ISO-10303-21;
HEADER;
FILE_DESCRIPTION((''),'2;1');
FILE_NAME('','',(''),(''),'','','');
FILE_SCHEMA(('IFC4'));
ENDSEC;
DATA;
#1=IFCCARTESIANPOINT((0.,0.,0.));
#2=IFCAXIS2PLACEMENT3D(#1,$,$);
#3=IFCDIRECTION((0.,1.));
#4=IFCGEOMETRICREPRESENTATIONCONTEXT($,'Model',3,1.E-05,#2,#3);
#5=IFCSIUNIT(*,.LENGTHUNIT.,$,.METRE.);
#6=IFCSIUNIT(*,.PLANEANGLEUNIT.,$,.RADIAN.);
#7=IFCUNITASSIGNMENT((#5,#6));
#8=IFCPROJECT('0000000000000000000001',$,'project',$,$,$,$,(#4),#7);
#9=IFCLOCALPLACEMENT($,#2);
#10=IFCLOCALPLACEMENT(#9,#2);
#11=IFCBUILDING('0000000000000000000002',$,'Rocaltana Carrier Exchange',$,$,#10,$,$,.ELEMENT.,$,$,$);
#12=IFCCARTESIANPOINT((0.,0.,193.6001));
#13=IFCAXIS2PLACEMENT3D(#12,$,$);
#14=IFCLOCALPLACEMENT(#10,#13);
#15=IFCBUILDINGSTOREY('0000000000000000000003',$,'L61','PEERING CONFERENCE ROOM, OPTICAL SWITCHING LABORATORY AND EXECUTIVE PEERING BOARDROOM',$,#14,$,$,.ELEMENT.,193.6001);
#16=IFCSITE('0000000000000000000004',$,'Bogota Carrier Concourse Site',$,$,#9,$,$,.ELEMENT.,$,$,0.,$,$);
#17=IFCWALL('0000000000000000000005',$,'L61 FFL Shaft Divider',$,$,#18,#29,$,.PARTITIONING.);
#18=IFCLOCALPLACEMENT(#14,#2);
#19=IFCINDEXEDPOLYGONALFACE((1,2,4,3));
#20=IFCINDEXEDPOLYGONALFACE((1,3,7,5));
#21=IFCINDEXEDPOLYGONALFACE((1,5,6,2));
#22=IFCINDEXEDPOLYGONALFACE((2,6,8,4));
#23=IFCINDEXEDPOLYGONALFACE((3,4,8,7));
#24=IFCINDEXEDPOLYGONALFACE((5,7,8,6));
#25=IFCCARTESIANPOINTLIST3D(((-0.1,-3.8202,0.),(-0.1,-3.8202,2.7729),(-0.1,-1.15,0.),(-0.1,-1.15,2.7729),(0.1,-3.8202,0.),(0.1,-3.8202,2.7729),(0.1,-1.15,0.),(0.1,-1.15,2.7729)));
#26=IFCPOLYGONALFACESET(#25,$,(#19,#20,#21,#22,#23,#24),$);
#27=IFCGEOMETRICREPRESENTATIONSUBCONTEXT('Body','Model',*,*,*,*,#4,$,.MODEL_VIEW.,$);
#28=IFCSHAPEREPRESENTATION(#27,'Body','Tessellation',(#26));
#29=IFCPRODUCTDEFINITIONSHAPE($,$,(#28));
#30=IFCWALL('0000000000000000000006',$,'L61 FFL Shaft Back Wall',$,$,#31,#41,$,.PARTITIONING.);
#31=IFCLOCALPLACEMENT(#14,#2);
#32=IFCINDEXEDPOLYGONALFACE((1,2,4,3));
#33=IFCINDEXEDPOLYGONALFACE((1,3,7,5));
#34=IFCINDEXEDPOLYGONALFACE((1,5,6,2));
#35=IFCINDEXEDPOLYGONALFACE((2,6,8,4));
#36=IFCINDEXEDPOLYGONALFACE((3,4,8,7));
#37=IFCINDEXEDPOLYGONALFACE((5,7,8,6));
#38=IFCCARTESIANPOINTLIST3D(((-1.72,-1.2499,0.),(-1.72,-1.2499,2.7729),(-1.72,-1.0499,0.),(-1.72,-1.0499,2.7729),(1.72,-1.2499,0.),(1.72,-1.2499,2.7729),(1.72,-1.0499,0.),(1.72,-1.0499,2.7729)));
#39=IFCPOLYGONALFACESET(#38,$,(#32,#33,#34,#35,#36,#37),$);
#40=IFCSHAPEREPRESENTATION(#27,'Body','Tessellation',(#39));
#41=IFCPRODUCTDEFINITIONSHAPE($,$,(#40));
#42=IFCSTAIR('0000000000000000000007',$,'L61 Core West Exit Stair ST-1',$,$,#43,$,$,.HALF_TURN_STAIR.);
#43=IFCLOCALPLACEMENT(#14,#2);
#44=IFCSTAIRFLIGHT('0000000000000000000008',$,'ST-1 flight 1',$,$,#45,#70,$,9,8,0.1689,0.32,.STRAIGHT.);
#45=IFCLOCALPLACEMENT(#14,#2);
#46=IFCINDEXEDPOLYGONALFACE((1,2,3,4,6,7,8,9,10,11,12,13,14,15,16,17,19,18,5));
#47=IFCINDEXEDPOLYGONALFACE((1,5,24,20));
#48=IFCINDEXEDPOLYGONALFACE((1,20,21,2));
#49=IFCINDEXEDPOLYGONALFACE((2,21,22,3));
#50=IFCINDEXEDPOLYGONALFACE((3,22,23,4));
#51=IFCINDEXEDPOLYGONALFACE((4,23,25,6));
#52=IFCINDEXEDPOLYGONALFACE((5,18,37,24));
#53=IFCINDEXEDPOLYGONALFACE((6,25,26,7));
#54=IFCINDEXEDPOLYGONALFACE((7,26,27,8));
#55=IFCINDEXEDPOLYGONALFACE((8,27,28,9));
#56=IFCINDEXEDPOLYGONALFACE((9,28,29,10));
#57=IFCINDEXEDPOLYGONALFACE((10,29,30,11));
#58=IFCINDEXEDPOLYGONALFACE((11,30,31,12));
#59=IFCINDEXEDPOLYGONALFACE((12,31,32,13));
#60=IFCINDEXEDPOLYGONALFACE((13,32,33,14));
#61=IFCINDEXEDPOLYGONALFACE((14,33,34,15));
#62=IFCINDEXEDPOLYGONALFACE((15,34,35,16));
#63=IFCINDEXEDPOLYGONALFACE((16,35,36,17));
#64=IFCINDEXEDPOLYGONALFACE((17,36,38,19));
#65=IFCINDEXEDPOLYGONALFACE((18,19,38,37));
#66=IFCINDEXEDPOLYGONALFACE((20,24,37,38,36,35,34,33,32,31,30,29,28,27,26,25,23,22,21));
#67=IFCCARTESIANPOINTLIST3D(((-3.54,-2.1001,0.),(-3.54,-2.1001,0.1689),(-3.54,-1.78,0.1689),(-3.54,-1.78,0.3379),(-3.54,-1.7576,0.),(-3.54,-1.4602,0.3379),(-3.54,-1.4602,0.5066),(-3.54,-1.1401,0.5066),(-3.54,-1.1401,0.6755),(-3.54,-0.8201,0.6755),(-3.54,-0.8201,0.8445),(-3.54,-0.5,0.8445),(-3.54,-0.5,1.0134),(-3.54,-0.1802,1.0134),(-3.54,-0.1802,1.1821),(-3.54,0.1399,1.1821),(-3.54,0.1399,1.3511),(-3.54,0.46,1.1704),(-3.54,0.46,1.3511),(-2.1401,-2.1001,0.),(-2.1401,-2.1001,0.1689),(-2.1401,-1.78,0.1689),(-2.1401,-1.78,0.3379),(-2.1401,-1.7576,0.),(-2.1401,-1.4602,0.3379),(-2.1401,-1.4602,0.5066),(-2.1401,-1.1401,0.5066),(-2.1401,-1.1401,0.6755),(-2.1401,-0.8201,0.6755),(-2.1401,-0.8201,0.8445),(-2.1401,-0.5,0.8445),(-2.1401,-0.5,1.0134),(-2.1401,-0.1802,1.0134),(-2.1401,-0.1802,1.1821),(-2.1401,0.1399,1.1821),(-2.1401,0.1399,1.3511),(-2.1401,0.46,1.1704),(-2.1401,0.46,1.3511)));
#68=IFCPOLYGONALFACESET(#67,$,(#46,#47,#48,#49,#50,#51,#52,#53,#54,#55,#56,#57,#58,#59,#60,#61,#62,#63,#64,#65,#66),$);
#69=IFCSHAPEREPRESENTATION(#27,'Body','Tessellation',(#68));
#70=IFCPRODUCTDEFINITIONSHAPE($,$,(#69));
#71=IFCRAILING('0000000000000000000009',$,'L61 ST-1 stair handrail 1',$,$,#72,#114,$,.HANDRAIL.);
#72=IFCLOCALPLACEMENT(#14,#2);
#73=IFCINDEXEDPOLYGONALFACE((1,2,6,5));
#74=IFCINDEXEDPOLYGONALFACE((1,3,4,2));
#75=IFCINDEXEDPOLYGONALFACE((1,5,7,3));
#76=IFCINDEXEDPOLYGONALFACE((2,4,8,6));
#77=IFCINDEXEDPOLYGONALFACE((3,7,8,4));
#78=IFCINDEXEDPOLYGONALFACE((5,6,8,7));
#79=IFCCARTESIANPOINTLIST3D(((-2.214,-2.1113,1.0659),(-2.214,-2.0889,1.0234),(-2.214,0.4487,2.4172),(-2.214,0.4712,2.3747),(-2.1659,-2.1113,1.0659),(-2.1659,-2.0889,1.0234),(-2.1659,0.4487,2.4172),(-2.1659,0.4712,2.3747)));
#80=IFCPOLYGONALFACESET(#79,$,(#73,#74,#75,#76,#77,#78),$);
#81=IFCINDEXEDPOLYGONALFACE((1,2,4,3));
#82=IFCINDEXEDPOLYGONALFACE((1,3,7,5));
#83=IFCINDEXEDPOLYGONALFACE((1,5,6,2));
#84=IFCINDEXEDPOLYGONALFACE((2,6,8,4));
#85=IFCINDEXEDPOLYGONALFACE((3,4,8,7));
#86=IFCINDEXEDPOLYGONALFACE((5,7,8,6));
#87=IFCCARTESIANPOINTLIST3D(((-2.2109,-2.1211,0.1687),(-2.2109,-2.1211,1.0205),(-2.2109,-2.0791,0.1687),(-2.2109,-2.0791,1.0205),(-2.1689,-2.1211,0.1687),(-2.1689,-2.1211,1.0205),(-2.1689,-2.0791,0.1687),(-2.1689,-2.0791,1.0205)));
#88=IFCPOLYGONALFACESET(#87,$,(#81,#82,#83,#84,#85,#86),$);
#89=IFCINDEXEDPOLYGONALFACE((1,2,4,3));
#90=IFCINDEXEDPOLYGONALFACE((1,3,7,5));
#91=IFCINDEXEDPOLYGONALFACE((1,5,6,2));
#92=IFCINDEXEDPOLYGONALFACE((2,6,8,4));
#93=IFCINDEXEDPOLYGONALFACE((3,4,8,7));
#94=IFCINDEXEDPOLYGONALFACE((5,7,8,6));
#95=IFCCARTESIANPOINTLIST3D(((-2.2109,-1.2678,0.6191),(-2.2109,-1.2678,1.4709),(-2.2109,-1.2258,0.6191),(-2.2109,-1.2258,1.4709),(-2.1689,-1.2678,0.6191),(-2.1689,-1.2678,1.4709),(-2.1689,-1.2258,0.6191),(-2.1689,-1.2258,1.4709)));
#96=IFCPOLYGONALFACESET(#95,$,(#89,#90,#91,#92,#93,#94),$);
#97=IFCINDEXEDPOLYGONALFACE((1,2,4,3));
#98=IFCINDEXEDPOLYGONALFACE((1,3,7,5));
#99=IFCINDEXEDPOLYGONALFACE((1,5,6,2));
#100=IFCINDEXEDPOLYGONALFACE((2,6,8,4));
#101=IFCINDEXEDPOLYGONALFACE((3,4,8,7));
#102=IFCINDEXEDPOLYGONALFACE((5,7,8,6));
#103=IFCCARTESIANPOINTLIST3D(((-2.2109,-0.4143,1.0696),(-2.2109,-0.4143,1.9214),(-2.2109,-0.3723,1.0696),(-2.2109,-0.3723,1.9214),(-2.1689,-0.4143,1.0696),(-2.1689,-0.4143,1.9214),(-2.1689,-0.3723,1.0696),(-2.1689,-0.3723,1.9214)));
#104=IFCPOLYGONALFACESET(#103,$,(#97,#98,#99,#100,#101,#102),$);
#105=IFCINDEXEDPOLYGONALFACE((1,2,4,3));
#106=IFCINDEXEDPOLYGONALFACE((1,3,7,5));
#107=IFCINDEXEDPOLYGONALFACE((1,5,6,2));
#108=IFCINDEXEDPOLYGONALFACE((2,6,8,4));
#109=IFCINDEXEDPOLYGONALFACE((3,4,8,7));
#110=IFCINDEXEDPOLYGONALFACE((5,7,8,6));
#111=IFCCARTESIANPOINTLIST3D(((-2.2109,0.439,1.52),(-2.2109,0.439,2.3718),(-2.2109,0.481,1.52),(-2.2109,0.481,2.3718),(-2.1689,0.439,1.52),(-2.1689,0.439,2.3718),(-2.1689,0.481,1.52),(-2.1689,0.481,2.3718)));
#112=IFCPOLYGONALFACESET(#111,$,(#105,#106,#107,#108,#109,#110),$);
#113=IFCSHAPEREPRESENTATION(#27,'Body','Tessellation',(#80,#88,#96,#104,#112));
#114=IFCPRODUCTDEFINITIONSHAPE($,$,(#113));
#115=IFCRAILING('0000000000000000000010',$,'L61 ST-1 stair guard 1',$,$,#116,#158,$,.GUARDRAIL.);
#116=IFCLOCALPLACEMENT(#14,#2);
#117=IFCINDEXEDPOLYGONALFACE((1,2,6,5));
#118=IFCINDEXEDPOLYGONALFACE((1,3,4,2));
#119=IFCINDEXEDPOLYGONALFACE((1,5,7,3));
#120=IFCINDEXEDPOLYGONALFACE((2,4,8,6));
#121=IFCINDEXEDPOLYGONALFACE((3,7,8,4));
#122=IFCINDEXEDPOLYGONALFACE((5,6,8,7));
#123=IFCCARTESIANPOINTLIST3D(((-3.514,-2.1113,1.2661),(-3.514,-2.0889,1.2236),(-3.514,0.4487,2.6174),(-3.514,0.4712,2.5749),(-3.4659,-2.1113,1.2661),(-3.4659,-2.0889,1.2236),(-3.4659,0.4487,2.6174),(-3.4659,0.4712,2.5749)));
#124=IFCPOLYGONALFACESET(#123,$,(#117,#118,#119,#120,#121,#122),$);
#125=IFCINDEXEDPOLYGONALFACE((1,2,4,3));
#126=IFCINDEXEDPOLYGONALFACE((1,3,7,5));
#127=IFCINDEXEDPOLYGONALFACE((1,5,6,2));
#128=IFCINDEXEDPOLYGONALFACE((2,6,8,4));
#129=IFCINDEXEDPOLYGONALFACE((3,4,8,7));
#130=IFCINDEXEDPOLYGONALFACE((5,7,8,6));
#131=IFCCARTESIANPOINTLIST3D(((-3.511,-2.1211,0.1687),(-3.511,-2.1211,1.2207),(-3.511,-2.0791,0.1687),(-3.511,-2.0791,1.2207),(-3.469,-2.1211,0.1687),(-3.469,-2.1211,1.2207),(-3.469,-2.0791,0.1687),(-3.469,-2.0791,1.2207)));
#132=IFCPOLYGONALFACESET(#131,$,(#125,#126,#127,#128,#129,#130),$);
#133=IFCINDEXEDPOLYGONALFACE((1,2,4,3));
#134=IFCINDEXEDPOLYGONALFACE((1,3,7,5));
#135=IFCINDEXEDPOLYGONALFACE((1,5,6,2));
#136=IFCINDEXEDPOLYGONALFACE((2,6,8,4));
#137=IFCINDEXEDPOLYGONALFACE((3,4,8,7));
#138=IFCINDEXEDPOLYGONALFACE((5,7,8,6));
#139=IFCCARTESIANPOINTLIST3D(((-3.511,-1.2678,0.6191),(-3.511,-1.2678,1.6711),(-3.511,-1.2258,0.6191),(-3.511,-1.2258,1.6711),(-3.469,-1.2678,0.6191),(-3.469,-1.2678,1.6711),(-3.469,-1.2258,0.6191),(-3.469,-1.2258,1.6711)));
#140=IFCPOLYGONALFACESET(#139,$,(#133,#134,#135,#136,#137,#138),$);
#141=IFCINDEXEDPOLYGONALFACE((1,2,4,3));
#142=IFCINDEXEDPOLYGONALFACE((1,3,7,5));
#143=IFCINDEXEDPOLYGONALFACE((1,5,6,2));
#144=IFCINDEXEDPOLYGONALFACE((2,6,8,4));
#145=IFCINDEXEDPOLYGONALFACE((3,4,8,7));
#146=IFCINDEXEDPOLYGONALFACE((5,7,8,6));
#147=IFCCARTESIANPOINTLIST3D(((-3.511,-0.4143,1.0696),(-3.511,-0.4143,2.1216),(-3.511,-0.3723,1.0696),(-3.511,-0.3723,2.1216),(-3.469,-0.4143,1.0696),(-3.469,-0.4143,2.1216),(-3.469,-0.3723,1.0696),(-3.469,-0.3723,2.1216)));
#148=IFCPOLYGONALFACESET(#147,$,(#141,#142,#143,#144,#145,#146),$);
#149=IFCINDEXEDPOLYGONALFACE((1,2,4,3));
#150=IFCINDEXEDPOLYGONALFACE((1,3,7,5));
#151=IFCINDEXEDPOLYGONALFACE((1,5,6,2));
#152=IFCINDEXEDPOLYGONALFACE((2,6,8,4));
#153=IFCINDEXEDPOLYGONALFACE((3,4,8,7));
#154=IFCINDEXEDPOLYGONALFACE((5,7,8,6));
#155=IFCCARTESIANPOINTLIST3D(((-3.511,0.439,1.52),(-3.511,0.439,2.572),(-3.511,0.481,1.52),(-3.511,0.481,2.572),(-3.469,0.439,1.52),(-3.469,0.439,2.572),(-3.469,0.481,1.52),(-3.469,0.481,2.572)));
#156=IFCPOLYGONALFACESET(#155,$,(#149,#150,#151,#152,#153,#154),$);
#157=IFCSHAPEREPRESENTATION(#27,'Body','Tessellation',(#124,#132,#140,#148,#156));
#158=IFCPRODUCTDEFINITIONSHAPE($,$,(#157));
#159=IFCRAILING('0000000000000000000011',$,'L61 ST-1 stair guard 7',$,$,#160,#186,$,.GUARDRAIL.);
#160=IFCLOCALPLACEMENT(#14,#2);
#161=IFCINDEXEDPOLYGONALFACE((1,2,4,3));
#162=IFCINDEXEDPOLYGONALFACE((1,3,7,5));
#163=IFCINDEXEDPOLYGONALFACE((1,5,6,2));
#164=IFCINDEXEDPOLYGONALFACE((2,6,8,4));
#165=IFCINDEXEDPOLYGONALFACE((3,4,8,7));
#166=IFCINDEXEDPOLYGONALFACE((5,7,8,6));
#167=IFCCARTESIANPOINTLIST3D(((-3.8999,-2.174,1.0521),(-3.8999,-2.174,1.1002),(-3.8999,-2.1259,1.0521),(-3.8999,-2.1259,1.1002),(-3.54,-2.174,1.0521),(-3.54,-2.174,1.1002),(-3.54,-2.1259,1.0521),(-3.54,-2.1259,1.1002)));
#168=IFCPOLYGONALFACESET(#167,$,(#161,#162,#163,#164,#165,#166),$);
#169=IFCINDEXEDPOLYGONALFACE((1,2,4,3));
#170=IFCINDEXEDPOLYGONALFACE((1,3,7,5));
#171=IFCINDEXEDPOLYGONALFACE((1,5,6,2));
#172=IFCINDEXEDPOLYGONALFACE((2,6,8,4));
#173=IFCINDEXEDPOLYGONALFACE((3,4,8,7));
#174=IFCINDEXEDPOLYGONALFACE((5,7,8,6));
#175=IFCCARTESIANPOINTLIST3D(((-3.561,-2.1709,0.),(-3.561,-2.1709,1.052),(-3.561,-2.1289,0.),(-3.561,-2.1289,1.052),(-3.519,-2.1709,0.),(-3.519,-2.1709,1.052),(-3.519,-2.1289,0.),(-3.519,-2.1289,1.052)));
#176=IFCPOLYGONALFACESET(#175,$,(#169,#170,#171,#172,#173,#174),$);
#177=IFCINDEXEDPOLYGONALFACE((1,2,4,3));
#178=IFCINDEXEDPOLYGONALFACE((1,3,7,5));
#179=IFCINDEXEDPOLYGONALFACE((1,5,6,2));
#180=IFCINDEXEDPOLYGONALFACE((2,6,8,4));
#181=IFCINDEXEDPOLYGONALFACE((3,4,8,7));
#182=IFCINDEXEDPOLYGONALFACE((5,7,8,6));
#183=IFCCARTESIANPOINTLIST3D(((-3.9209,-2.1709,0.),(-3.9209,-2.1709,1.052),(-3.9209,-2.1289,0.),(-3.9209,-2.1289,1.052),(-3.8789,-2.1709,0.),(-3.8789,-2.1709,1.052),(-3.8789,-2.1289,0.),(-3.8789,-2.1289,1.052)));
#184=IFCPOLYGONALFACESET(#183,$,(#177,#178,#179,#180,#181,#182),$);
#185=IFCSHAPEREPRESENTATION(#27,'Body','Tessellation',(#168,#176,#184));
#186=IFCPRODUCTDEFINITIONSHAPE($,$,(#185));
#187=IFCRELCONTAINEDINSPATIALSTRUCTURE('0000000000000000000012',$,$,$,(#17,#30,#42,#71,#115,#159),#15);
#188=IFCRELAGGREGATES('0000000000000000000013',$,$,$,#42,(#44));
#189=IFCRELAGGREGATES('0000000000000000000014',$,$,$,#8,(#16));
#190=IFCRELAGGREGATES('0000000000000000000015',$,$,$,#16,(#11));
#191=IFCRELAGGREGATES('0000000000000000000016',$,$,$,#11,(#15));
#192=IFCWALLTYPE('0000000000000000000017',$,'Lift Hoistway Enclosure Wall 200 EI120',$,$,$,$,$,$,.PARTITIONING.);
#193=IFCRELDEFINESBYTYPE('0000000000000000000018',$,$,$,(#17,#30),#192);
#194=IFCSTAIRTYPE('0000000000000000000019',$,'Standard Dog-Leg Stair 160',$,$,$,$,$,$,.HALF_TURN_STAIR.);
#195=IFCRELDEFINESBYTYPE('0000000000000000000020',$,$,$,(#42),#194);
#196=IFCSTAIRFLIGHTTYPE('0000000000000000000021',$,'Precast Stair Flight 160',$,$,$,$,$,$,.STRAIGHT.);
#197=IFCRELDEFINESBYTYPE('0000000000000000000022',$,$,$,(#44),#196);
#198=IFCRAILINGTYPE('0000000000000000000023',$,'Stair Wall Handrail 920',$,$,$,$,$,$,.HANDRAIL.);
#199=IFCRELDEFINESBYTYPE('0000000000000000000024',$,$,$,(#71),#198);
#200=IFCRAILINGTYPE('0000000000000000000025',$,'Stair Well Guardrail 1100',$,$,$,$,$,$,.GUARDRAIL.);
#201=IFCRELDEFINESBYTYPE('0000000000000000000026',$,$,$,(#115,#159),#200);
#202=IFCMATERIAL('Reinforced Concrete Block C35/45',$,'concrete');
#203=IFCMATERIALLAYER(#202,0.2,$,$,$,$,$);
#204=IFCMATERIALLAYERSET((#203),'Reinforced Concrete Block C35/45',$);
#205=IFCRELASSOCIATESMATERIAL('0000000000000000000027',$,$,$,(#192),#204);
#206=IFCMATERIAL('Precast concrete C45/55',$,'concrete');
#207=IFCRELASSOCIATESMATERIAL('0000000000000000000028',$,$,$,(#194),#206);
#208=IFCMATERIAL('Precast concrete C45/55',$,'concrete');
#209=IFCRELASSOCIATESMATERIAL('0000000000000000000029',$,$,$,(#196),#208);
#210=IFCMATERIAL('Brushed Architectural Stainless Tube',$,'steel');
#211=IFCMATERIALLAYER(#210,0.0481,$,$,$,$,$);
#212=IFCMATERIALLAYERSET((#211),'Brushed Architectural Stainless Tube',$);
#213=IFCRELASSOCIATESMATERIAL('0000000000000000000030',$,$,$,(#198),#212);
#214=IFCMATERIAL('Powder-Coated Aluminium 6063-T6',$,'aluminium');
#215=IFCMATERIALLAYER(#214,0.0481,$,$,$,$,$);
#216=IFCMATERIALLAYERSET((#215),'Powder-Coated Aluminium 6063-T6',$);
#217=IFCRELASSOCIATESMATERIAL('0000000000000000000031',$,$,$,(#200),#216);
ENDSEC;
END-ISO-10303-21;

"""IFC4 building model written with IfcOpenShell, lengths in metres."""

from ifc_helpers import new_model, si_unit, direction, frame, frame_2d, origin, origin_2d, place, context, subcontext, project, spatial, polyline, rectangle, outline, extrude, material, layer, layer_set, type_object, element, aggregate, save


model = new_model("IFC4")

# Units and contexts
model_context = context("Model", 3, precision=1e-05, world=origin(), true_north=direction((0.0, 1.0)))
body_context = subcontext(model_context, "Body", "Model", "MODEL_VIEW")
ifc_project = project(units=[si_unit("LENGTHUNIT", "METRE"), si_unit("PLANEANGLEUNIT", "RADIAN")], contexts=[model_context])

# Site, building, storey
site_placement = place(None, origin())
site = spatial("IfcSite", under=ifc_project, at=site_placement, Name="Bogota Carrier Concourse Site", CompositionType="ELEMENT", RefElevation=0.0)
building_placement = place(site_placement, origin())
building = spatial("IfcBuilding", under=site, at=building_placement, Name="Rocaltana Carrier Exchange", CompositionType="ELEMENT")
storey_placement = place(building_placement, frame((0.0, 0.0, 193.6001)))
storey = spatial("IfcBuildingStorey", under=building, at=storey_placement, Name="L61", Description="PEERING CONFERENCE ROOM, OPTICAL SWITCHING LABORATORY AND EXECUTIVE PEERING BOARDROOM", CompositionType="ELEMENT", Elevation=193.6001)

# Walls
ifc_material_1 = material(Name="Reinforced Concrete Block C35/45", Category="concrete")
ifc_layer_1 = layer(ifc_material_1, 0.2)
ifc_layer_set_1 = layer_set([ifc_layer_1], Name="Reinforced Concrete Block C35/45")
wall_type_1 = type_object("IfcWallType", Name="Lift Hoistway Enclosure Wall 200 EI120", PredefinedType="PARTITIONING", material=ifc_layer_set_1)
wall_1_placement = place(storey_placement, frame((0.0, -3.8201, 0.0), z_axis=(0.0, 0.0, 1.0), x_axis=(0.0, 1.0, 0.0)))
element("IfcWall", 1, at=wall_1_placement, inside=storey, type_object=wall_type_1, Name="L61 FFL Shaft Divider", PredefinedType="PARTITIONING", context=body_context, shape_type="SweptSolid", body=[
    extrude(rectangle(XDim=2.6702, YDim=0.2, at=frame_2d((1.335, 0.0))), origin(), (0.0, 0.0, 1.0), 2.7729),
])
wall_2_placement = place(storey_placement, frame((-1.72, -1.1499, 0.0), z_axis=(0.0, 0.0, 1.0), x_axis=(1.0, 0.0, 0.0)))
element("IfcWall", 2, at=wall_2_placement, inside=storey, type_object=wall_type_1, Name="L61 FFL Shaft Back Wall", PredefinedType="PARTITIONING", context=body_context, shape_type="SweptSolid", body=[
    extrude(rectangle(XDim=3.4399, YDim=0.2, at=frame_2d((1.72, 0.0))), origin(), (0.0, 0.0, 1.0), 2.7729),
])

# Stair, stair flight
ifc_material_2 = material(Name="Precast concrete C45/55", Category="concrete")
stair_type = type_object("IfcStairType", Name="Standard Dog-Leg Stair 160", PredefinedType="HALF_TURN_STAIR", material=ifc_material_2)
stair_placement = place(storey_placement, origin())
stair = element("IfcStair", 3, at=stair_placement, inside=storey, type_object=stair_type, Name="L61 Core West Exit Stair ST-1", PredefinedType="HALF_TURN_STAIR")
ifc_material_3 = material(Name="Precast concrete C45/55", Category="concrete")
stair_flight_type = type_object("IfcStairFlightType", Name="Precast Stair Flight 160", PredefinedType="STRAIGHT", material=ifc_material_3)
stair_flight_placement = place(storey_placement, frame((-2.8401, -2.1001, 0.0), z_axis=(0.0, 0.0, 1.0), x_axis=(0.0, 1.0, 0.0)))
stair_flight = element("IfcStairFlight", 4, at=stair_flight_placement, type_object=stair_flight_type, Name="ST-1 flight 1", NumberOfRisers=9, NumberOfTreads=8, PredefinedType="STRAIGHT", RiserHeight=0.1689, TreadLength=0.32, context=body_context, shape_type="SweptSolid", body=[
    extrude(outline(polyline([(0.0, 0.0), (0.0, 0.1689), (0.3201, 0.1689), (0.3201, 0.3379), (0.6399, 0.3379), (0.6399, 0.5066), (0.96, 0.5066), (0.96, 0.6755), (1.28, 0.6755), (1.28, 0.8445), (1.6001, 0.8445), (1.6001, 1.0134), (1.9199, 1.0134), (1.9199, 1.1821), (2.24, 1.1821), (2.24, 1.3511), (2.5601, 1.3511), (2.5601, 1.52), (2.5601, 1.1704), (0.3425, 0.0), (0.0, 0.0)])), frame((0.0, 0.7, 0.0), z_axis=(0.0, -1.0, 0.0), x_axis=(1.0, 0.0, 0.0)), (0.0, 0.0, 1.0), 1.3999),
])
aggregate(stair, [stair_flight])

# Railings
ifc_material_4 = material(Name="Brushed Architectural Stainless Tube", Category="steel")
ifc_layer_2 = layer(ifc_material_4, 0.0481)
ifc_layer_set_2 = layer_set([ifc_layer_2], Name="Brushed Architectural Stainless Tube")
railing_type_1 = type_object("IfcRailingType", Name="Stair Wall Handrail 920", PredefinedType="HANDRAIL", material=ifc_layer_set_2)
railing_1_placement = place(storey_placement, frame((-2.1899, -2.1001, 0.1687)))
element("IfcRailing", 5, at=railing_1_placement, inside=storey, type_object=railing_type_1, Name="L61 ST-1 stair handrail 1", PredefinedType="HANDRAIL", context=body_context, shape_type="SweptSolid", body=[
    extrude(rectangle(XDim=0.0481, YDim=0.0481, at=origin_2d()), frame((0.0, 0.0, 0.876), z_axis=(0.0, 0.88436, 0.466806), x_axis=(-1.0, 0.0, 0.0)), (0.0, 0.0, 1.0), 2.8948),
    extrude(rectangle(XDim=0.042, YDim=0.042, at=origin_2d()), origin(), (0.0, 0.0, 1.0), 0.8518),
    extrude(rectangle(XDim=0.042, YDim=0.042, at=origin_2d()), frame((0.0, 0.8533, 0.4504)), (0.0, 0.0, 1.0), 0.8518),
    extrude(rectangle(XDim=0.042, YDim=0.042, at=origin_2d()), frame((0.0, 1.7068, 0.9009)), (0.0, 0.0, 1.0), 0.8518),
    extrude(rectangle(XDim=0.042, YDim=0.042, at=origin_2d()), frame((0.0, 2.5601, 1.3513)), (0.0, 0.0, 1.0), 0.8518),
])
ifc_material_5 = material(Name="Powder-Coated Aluminium 6063-T6", Category="aluminium")
ifc_layer_3 = layer(ifc_material_5, 0.0481)
ifc_layer_set_3 = layer_set([ifc_layer_3], Name="Powder-Coated Aluminium 6063-T6")
railing_type_2 = type_object("IfcRailingType", Name="Stair Well Guardrail 1100", PredefinedType="GUARDRAIL", material=ifc_layer_set_3)
railing_2_placement = place(storey_placement, frame((-3.49, -2.1001, 0.1687)))
element("IfcRailing", 6, at=railing_2_placement, inside=storey, type_object=railing_type_2, Name="L61 ST-1 stair guard 1", PredefinedType="GUARDRAIL", context=body_context, shape_type="SweptSolid", body=[
    extrude(rectangle(XDim=0.0481, YDim=0.0481, at=origin_2d()), frame((0.0, 0.0, 1.0762), z_axis=(0.0, 0.88436, 0.466806), x_axis=(-1.0, 0.0, 0.0)), (0.0, 0.0, 1.0), 2.8948),
    extrude(rectangle(XDim=0.042, YDim=0.042, at=origin_2d()), origin(), (0.0, 0.0, 1.0), 1.052),
    extrude(rectangle(XDim=0.042, YDim=0.042, at=origin_2d()), frame((0.0, 0.8533, 0.4504)), (0.0, 0.0, 1.0), 1.052),
    extrude(rectangle(XDim=0.042, YDim=0.042, at=origin_2d()), frame((0.0, 1.7068, 0.9009)), (0.0, 0.0, 1.0), 1.052),
    extrude(rectangle(XDim=0.042, YDim=0.042, at=origin_2d()), frame((0.0, 2.5601, 1.3513)), (0.0, 0.0, 1.0), 1.052),
])
railing_3_placement = place(storey_placement, frame((-3.54, -2.1499, 0.0)))
element("IfcRailing", 7, at=railing_3_placement, inside=storey, type_object=railing_type_2, Name="L61 ST-1 stair guard 7", PredefinedType="GUARDRAIL", context=body_context, shape_type="SweptSolid", body=[
    extrude(rectangle(XDim=0.0481, YDim=0.0481, at=origin_2d()), frame((0.0, 0.0, 1.0762), z_axis=(-1.0, 0.0, 0.0), x_axis=(0.0, -1.0, 0.0)), (0.0, 0.0, 1.0), 0.3599),
    extrude(rectangle(XDim=0.042, YDim=0.042, at=origin_2d()), origin(), (0.0, 0.0, 1.0), 1.052),
    extrude(rectangle(XDim=0.042, YDim=0.042, at=origin_2d()), frame((-0.3599, 0.0, 0.0)), (0.0, 0.0, 1.0), 1.052),
])

save(model, "model.ifc")
